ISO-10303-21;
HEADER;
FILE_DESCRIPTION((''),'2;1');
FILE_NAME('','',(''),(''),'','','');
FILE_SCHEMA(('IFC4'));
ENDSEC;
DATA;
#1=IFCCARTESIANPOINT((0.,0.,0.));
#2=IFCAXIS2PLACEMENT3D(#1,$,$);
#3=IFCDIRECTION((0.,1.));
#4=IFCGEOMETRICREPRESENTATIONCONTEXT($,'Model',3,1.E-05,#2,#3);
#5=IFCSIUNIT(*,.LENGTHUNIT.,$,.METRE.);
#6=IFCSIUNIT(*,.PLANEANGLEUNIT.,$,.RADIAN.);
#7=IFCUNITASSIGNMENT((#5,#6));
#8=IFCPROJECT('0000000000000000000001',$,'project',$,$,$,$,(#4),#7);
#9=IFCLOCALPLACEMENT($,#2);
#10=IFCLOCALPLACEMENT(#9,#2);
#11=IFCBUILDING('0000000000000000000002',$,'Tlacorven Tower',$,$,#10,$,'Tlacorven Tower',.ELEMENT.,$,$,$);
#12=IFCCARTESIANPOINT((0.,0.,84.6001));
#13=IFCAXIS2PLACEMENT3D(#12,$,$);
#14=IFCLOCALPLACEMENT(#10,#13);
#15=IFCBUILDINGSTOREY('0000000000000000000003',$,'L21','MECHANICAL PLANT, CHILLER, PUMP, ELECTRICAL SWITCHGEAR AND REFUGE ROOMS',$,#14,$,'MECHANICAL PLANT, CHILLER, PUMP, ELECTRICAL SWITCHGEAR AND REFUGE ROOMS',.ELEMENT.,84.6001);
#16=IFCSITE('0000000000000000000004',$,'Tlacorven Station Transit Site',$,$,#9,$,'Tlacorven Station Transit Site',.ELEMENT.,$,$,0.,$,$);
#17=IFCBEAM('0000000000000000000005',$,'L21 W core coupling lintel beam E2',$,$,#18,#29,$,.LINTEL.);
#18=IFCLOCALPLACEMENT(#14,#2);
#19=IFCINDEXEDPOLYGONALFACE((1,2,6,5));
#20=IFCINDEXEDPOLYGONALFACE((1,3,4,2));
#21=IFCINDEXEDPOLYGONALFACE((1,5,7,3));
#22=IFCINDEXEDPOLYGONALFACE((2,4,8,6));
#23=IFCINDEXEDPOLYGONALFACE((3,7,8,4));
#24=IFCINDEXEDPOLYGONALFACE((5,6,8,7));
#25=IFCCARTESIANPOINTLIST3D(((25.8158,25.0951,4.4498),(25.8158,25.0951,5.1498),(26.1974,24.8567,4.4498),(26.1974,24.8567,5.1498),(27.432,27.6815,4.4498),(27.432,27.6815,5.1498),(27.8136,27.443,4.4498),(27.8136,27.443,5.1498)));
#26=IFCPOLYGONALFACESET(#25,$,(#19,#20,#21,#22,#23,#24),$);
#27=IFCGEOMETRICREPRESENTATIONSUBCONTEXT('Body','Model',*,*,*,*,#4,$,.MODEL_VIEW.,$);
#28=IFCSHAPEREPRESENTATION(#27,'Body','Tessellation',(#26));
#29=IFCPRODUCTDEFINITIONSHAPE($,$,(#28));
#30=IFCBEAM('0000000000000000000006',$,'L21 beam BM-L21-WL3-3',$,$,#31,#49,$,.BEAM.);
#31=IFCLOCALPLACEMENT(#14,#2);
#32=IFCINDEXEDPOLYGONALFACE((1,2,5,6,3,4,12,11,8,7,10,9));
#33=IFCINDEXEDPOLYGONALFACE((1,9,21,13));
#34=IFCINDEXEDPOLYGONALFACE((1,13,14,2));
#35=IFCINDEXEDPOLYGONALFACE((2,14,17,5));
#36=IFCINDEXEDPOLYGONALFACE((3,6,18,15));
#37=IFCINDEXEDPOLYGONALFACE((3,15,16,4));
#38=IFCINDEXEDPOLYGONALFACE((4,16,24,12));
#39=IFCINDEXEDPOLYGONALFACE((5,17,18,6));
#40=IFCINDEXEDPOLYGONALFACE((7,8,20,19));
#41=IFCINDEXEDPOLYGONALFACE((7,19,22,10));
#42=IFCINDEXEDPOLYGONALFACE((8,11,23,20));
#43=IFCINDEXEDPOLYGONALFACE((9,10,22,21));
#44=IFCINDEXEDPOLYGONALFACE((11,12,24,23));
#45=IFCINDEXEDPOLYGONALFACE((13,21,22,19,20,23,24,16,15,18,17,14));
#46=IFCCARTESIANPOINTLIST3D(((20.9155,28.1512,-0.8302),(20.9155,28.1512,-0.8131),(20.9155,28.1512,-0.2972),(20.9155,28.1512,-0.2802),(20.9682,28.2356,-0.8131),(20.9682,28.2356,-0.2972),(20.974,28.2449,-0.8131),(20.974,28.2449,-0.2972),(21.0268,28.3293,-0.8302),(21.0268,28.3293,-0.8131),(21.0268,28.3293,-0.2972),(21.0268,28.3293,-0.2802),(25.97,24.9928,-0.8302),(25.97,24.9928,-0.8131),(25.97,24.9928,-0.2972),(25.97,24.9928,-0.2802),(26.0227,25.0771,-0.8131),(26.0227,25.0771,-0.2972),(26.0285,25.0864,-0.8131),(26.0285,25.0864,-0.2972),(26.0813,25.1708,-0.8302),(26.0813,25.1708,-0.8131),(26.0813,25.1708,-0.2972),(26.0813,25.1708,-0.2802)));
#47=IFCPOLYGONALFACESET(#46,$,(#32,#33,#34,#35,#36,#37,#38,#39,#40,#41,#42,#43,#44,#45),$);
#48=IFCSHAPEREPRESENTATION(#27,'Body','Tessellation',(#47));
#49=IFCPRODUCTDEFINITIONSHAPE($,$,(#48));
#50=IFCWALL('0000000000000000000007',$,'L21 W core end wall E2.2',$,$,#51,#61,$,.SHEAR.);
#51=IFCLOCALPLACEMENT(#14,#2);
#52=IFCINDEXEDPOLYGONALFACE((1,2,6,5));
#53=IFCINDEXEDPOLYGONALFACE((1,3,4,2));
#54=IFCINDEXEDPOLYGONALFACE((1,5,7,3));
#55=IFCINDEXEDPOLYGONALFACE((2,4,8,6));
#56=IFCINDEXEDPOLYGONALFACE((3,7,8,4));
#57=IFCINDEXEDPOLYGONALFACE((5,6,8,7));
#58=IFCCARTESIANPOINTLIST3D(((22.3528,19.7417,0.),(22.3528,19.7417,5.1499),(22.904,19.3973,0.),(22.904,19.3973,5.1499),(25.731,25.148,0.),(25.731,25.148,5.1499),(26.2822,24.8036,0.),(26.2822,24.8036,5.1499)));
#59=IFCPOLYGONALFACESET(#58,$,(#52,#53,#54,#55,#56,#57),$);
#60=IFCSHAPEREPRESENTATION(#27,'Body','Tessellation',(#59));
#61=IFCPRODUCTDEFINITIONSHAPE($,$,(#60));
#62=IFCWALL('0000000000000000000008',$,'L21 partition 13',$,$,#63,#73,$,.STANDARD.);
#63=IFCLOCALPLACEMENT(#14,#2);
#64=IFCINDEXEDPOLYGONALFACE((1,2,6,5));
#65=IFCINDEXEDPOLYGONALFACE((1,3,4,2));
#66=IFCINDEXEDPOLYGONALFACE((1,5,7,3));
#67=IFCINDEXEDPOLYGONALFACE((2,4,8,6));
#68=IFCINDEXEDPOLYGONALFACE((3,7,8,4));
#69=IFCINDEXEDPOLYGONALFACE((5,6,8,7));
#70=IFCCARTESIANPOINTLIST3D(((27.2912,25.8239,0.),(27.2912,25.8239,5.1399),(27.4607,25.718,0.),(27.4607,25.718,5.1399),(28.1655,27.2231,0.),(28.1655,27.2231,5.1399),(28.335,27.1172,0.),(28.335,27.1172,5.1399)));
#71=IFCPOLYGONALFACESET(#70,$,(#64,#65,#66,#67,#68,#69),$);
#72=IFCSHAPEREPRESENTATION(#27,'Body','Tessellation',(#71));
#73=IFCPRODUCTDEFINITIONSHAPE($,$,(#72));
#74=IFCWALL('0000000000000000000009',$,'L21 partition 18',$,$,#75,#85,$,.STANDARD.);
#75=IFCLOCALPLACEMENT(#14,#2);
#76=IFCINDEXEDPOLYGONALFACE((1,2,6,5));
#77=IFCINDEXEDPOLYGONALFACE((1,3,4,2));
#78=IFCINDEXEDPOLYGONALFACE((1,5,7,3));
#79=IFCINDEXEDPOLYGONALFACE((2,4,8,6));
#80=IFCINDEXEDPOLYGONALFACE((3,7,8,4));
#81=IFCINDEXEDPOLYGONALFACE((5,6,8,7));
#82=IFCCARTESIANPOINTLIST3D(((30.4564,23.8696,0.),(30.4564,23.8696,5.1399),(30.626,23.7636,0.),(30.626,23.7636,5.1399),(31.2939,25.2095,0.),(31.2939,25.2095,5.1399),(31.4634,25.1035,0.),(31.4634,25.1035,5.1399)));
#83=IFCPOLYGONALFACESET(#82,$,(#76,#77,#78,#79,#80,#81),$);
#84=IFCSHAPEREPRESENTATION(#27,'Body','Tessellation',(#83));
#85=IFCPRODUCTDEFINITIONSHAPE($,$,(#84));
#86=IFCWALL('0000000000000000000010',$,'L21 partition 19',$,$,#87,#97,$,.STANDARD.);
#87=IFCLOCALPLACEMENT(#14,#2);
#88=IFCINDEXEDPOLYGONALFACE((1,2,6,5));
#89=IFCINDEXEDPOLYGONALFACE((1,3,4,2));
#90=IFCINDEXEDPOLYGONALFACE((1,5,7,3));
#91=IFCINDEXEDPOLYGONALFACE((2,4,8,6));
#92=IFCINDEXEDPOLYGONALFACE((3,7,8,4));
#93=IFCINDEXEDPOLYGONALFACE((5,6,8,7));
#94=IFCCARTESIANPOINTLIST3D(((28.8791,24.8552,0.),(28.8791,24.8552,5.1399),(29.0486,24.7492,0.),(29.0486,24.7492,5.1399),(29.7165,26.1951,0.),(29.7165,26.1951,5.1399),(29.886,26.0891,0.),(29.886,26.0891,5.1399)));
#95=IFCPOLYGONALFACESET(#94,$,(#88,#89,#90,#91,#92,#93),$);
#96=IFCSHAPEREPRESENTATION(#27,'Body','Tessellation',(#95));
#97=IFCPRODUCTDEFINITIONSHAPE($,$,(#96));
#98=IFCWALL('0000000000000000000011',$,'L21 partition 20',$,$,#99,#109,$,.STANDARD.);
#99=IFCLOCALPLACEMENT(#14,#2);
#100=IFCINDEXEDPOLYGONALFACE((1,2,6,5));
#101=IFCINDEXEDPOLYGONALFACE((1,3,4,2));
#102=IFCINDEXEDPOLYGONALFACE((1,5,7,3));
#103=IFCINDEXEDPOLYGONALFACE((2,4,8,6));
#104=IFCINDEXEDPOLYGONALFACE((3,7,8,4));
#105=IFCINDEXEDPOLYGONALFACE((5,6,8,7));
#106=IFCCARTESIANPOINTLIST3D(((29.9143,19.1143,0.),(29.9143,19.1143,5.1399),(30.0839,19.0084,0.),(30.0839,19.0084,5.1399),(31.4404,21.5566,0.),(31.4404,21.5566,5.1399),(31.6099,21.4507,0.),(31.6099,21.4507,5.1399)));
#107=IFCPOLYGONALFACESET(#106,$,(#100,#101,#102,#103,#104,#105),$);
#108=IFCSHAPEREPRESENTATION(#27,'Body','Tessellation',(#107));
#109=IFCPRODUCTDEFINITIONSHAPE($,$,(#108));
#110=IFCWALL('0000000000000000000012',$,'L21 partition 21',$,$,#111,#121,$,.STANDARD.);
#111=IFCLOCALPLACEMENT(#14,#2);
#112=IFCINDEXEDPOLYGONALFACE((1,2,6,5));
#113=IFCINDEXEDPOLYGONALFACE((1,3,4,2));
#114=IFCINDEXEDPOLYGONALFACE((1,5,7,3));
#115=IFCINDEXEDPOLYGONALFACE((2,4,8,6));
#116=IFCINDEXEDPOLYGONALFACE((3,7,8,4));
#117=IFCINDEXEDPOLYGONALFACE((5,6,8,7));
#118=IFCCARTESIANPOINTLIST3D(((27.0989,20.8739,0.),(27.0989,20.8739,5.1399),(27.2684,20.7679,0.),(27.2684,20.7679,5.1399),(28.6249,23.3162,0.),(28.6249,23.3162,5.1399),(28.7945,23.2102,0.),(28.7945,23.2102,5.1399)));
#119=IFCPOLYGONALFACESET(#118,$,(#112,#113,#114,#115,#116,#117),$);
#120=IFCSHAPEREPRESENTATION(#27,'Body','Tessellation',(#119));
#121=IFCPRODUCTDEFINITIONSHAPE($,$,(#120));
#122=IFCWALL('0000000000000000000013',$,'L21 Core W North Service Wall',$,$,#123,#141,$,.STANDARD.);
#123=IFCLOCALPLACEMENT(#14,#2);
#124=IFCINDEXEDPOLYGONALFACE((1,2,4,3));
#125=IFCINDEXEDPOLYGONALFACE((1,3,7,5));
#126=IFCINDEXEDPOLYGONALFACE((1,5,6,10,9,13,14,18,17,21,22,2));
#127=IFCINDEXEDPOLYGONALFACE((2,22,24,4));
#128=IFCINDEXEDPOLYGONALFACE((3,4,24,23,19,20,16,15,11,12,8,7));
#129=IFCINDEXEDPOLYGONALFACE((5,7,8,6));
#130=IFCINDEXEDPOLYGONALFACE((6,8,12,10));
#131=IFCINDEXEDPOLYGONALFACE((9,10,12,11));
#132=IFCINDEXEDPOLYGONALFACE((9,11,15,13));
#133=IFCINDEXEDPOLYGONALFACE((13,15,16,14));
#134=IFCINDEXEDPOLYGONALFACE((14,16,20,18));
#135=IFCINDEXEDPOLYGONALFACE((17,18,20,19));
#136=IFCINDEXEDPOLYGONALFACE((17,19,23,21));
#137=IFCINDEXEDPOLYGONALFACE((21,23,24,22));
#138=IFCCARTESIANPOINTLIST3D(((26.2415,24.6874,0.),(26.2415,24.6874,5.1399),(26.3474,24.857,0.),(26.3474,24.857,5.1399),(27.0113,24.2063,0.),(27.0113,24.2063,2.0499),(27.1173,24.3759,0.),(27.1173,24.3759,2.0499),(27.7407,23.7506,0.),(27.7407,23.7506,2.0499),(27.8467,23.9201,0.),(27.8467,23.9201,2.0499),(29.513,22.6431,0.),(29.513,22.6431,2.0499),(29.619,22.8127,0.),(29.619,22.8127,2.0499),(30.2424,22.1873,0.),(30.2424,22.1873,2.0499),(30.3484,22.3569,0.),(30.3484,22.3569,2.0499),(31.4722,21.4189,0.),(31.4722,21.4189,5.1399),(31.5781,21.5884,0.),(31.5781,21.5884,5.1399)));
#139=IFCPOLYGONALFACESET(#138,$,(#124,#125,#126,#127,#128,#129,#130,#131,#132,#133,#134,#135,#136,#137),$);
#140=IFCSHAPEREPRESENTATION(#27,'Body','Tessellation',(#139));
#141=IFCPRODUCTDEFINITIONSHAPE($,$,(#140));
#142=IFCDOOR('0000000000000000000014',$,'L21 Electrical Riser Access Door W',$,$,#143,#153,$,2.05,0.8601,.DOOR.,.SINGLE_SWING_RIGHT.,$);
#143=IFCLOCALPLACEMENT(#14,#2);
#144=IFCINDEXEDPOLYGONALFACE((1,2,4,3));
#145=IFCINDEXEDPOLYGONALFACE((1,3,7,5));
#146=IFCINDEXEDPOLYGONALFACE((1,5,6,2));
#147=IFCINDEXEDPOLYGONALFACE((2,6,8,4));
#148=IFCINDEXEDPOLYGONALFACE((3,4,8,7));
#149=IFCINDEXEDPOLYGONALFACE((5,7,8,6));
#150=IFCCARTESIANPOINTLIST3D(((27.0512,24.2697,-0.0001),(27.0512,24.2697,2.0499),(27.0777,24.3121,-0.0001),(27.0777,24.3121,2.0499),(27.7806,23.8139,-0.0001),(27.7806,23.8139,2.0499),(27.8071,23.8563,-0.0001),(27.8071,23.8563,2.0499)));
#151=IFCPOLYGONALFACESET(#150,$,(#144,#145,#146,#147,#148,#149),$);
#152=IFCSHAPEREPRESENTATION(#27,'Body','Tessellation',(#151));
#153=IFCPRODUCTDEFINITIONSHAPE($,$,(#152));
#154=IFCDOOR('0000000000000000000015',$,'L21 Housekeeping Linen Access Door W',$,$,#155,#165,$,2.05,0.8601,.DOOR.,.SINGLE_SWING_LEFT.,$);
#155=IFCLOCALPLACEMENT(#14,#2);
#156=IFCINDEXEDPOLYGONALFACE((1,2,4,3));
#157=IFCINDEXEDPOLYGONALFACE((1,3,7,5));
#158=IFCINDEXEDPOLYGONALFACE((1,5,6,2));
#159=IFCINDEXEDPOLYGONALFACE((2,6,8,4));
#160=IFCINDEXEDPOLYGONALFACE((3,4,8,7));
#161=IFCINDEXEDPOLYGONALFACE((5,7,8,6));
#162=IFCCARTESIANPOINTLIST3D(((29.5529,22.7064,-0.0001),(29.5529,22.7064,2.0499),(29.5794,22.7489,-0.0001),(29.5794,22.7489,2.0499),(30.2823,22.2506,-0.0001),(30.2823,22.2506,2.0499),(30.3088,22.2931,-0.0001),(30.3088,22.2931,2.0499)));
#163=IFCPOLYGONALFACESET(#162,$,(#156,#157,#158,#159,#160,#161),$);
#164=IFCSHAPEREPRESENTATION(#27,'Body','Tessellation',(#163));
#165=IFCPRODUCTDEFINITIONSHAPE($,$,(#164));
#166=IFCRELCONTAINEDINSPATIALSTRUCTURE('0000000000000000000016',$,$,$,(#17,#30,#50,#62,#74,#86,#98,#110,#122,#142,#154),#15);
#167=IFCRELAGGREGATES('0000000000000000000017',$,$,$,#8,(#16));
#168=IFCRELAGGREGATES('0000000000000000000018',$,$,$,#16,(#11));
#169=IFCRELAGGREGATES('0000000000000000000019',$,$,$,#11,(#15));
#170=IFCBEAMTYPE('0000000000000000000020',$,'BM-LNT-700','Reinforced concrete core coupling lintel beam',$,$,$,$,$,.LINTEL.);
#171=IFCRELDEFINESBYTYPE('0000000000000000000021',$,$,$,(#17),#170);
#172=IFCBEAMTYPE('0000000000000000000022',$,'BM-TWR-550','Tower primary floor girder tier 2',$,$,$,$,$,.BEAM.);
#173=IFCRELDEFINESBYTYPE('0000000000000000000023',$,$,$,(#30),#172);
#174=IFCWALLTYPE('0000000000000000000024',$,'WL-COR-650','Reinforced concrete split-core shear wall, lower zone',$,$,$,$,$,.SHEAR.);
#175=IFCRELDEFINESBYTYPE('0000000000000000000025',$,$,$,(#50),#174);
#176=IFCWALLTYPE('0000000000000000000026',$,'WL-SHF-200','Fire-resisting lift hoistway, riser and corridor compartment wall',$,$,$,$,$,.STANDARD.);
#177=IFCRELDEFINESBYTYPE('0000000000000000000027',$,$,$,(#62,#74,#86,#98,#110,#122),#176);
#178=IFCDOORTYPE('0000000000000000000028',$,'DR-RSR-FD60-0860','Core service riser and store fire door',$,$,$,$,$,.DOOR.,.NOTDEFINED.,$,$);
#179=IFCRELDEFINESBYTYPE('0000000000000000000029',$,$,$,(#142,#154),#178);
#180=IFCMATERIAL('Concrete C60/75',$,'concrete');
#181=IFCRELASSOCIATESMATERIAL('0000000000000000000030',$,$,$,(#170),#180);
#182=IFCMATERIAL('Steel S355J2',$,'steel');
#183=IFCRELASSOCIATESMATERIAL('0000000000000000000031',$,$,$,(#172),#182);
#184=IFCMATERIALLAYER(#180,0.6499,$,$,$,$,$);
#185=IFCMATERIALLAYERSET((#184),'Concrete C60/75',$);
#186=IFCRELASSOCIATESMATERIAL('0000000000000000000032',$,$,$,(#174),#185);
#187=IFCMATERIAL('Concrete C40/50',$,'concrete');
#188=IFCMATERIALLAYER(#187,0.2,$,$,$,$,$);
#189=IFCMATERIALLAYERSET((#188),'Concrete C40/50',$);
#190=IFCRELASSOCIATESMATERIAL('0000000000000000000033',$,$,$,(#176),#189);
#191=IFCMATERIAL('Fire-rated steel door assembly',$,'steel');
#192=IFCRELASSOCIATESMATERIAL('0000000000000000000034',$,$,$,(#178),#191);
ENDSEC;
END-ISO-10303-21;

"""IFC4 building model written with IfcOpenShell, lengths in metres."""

from ifc_helpers import new_model, si_unit, direction, frame, frame_2d, origin, origin_2d, place, context, subcontext, project, spatial, rectangle, i_section, extrude, source, transform, mapped, material, layer, layer_set, material_profile, profile_set, type_object, element, fill, save


model = new_model("IFC4")

# Units and contexts
model_context = context("Model", 3, precision=1e-05, world=origin(), true_north=direction((0.0, 1.0)))
body_context = subcontext(model_context, "Body", "Model", "MODEL_VIEW")
ifc_project = project(units=[si_unit("LENGTHUNIT", "METRE"), si_unit("PLANEANGLEUNIT", "RADIAN")], contexts=[model_context])

# Site, building, storey
site_placement = place(None, origin())
site = spatial("IfcSite", under=ifc_project, at=site_placement, Name="Tlacorven Station Transit Site", LongName="Tlacorven Station Transit Site", CompositionType="ELEMENT", RefElevation=0.0)
building_placement = place(site_placement, origin())
building = spatial("IfcBuilding", under=site, at=building_placement, Name="Tlacorven Tower", LongName="Tlacorven Tower", CompositionType="ELEMENT")
storey_placement = place(building_placement, frame((0.0, 0.0, 84.6001)))
storey = spatial("IfcBuildingStorey", under=building, at=storey_placement, Name="L21", Description="MECHANICAL PLANT, CHILLER, PUMP, ELECTRICAL SWITCHGEAR AND REFUGE ROOMS", LongName="MECHANICAL PLANT, CHILLER, PUMP, ELECTRICAL SWITCHGEAR AND REFUGE ROOMS", CompositionType="ELEMENT", Elevation=84.6001)

# Beams
ifc_material_1 = material(Name="Concrete C60/75", Category="concrete")
ifc_material_profile_1 = material_profile(ifc_material_1, rectangle(XDim=0.45, YDim=0.7, at=origin_2d()), Name="RC 450X700")
ifc_profile_set_1 = profile_set([ifc_material_profile_1], Name="Concrete C60/75")
beam_type_1 = type_object("IfcBeamType", Name="BM-LNT-700", Description="Reinforced concrete core coupling lintel beam", PredefinedType="LINTEL", material=ifc_profile_set_1)
shared_shape_1 = source(origin(), body_context, "Body", "SweptSolid", [
    extrude(rectangle(XDim=0.45, YDim=0.7, at=origin_2d()), origin(), (0.0, 0.0, 1.0), 3.0498),
])
beam_1_placement = place(storey_placement, frame((27.6228, 27.5623, 4.7998), z_axis=(-0.529927, -0.848043, 0.0), x_axis=(0.848043, -0.529927, 0.0)))
element("IfcBeam", 1, at=beam_1_placement, inside=storey, type_object=beam_type_1, Name="L21 W core coupling lintel beam E2", PredefinedType="LINTEL", context=body_context, shape_type="MappedRepresentation", body=[
    mapped(shared_shape_1, transform((0.0, 0.0, 0.0), scale=1.0)),
])
ifc_material_2 = material(Name="Steel S355J2", Category="steel")
ifc_material_profile_2 = material_profile(ifc_material_2, i_section(OverallWidth=0.21, OverallDepth=0.55, WebThickness=0.011, FlangeThickness=0.0171, at=origin_2d()), Name="IPE 550")
ifc_profile_set_2 = profile_set([ifc_material_profile_2], Name="Steel S355J2")
beam_type_2 = type_object("IfcBeamType", Name="BM-TWR-550", Description="Tower primary floor girder tier 2", PredefinedType="BEAM", material=ifc_profile_set_2)
shared_shape_2 = source(origin(), body_context, "Body", "SweptSolid", [
    extrude(i_section(OverallWidth=0.21, OverallDepth=0.55, WebThickness=0.011, FlangeThickness=0.0171, at=origin_2d()), origin(), (0.0, 0.0, 1.0), 5.9602),
])
beam_2_placement = place(storey_placement, frame((26.0256, 25.0818, -0.5552), z_axis=(-0.848042, 0.529929, 0.0), x_axis=(-0.529929, -0.848042, 0.0)))
element("IfcBeam", 2, at=beam_2_placement, inside=storey, type_object=beam_type_2, Name="L21 beam BM-L21-WL3-3", PredefinedType="BEAM", context=body_context, shape_type="MappedRepresentation", body=[
    mapped(shared_shape_2, transform((0.0, 0.0, 0.0), scale=1.0)),
])

# Walls
ifc_layer_1 = layer(ifc_material_1, 0.6499)
ifc_layer_set_1 = layer_set([ifc_layer_1], Name="Concrete C60/75")
wall_type_1 = type_object("IfcWallType", Name="WL-COR-650", Description="Reinforced concrete split-core shear wall, lower zone", PredefinedType="SHEAR", material=ifc_layer_set_1)
wall_1_placement = place(storey_placement, frame((26.0066, 24.9758, 0.0), z_axis=(0.0, 0.0, 1.0), x_axis=(-0.529916, -0.84805, 0.0)))
element("IfcWall", 3, at=wall_1_placement, inside=storey, type_object=wall_type_1, Name="L21 W core end wall E2.2", PredefinedType="SHEAR", context=body_context, shape_type="SweptSolid", body=[
    extrude(rectangle(XDim=6.375, YDim=0.6499, at=frame_2d((3.1875, 0.0))), origin(), (0.0, 0.0, 1.0), 5.1499),
])
ifc_material_3 = material(Name="Concrete C40/50", Category="concrete")
ifc_layer_2 = layer(ifc_material_3, 0.2)
ifc_layer_set_2 = layer_set([ifc_layer_2], Name="Concrete C40/50")
wall_type_2 = type_object("IfcWallType", Name="WL-SHF-200", Description="Fire-resisting lift hoistway, riser and corridor compartment wall", PredefinedType="STANDARD", material=ifc_layer_set_2)
wall_2_placement = place(storey_placement, frame((28.2502, 27.1702, 0.0), z_axis=(0.0, 0.0, 1.0), x_axis=(-0.529906, -0.848056, 0.0)))
element("IfcWall", 4, at=wall_2_placement, inside=storey, type_object=wall_type_2, Name="L21 partition 13", PredefinedType="STANDARD", context=body_context, shape_type="SweptSolid", body=[
    extrude(rectangle(XDim=1.6499, YDim=0.2, at=frame_2d((0.825, 0.0))), origin(), (0.0, 0.0, 1.0), 5.1399),
])
for number, where, z_axis, x_axis, name in (
    (5, (31.3787, 25.1565, 0.0), (0.0, 0.0, 1.0), (-0.529999, -0.847998, 0.0), "L21 partition 18"),
    (6, (29.8013, 26.1421, 0.0), (0.0, 0.0, 1.0), (-0.529999, -0.847998, 0.0), "L21 partition 19"),
):
    element("IfcWall", number, at=place(storey_placement, frame(where, z_axis=z_axis, x_axis=x_axis)), inside=storey, type_object=wall_type_2, Name=name, PredefinedType="STANDARD", context=body_context, shape_type="SweptSolid", body=[
        extrude(rectangle(XDim=1.5801, YDim=0.2, at=frame_2d((0.79, 0.0))), origin(), (0.0, 0.0, 1.0), 5.1399),
    ])
for number, where, z_axis, x_axis, name in (
    (7, (31.5251, 21.5037, 0.0), (0.0, 0.0, 1.0), (-0.529907, -0.848055, 0.0), "L21 partition 20"),
    (8, (28.7097, 23.2632, 0.0), (0.0, 0.0, 1.0), (-0.529907, -0.848055, 0.0), "L21 partition 21"),
):
    element("IfcWall", number, at=place(storey_placement, frame(where, z_axis=z_axis, x_axis=x_axis)), inside=storey, type_object=wall_type_2, Name=name, PredefinedType="STANDARD", context=body_context, shape_type="SweptSolid", body=[
        extrude(rectangle(XDim=2.8799, YDim=0.2, at=frame_2d((1.4399, 0.0))), origin(), (0.0, 0.0, 1.0), 5.1399),
    ])

# Wall, openings, doors
wall_3_placement = place(storey_placement, frame((31.5251, 21.5037, 0.0), z_axis=(0.0, 0.0, 1.0), x_axis=(-0.848045, 0.529924, 0.0)))
wall_3 = element("IfcWall", 9, at=wall_3_placement, inside=storey, type_object=wall_type_2, Name="L21 Core W North Service Wall", PredefinedType="STANDARD", context=body_context, shape_type="SweptSolid", body=[
    extrude(rectangle(XDim=6.168, YDim=0.2, at=frame_2d((3.084, 0.0))), origin(), (0.0, 0.0, 1.0), 5.1399),
])
opening_1_placement = place(wall_3_placement, frame((4.3999, 0.0, 0.0)))
opening_1 = element("IfcOpeningElement", 10, at=opening_1_placement, cuts=wall_3, PredefinedType="OPENING", context=body_context, shape_type="SweptSolid", body=[
    extrude(rectangle(XDim=0.8601, YDim=2.05, at=frame_2d((0.4302, 1.0249))), frame((0.0, 0.1099, 0.0), z_axis=(0.0, -1.0, 0.0), x_axis=(1.0, 0.0, 0.0)), (0.0, 0.0, 1.0), 0.22),
])
opening_2_placement = place(wall_3_placement, frame((1.45, 0.0, 0.0)))
opening_2 = element("IfcOpeningElement", 11, at=opening_2_placement, cuts=wall_3, PredefinedType="OPENING", context=body_context, shape_type="SweptSolid", body=[
    extrude(rectangle(XDim=0.8601, YDim=2.05, at=frame_2d((0.4302, 1.0249))), frame((0.0, 0.1099, 0.0), z_axis=(0.0, -1.0, 0.0), x_axis=(1.0, 0.0, 0.0)), (0.0, 0.0, 1.0), 0.22),
])
ifc_material_4 = material(Name="Fire-rated steel door assembly", Category="steel")
door_type = type_object("IfcDoorType", Name="DR-RSR-FD60-0860", Description="Core service riser and store fire door", OperationType="NOTDEFINED", PredefinedType="DOOR", material=ifc_material_4)
shared_shape_3 = source(origin(), body_context, "Body", "SweptSolid", [
    extrude(rectangle(XDim=0.8601, YDim=2.05, at=frame_2d((0.4302, 1.0249))), frame((0.0, 0.0249, 0.0), z_axis=(0.0, -1.0, 0.0), x_axis=(1.0, 0.0, 0.0)), (0.0, 0.0, 1.0), 0.05),
])
door_1_placement = place(opening_1_placement, frame((0.8601, 0.0, 0.0), z_axis=(0.0, 0.0, 1.0), x_axis=(-1.0, 0.0, 0.0)))
door_1 = element("IfcDoor", 12, at=door_1_placement, inside=storey, type_object=door_type, Name="L21 Electrical Riser Access Door W", OperationType="SINGLE_SWING_RIGHT", OverallHeight=2.05, OverallWidth=0.8601, PredefinedType="DOOR", context=body_context, shape_type="MappedRepresentation", body=[
    mapped(shared_shape_3, transform((0.0, 0.0, 0.0), scale=1.0)),
])
fill(opening_1, door_1)
door_2_placement = place(opening_2_placement, frame((0.8601, 0.0, 0.0), z_axis=(0.0, 0.0, 1.0), x_axis=(-1.0, 0.0, 0.0)))
door_2 = element("IfcDoor", 13, at=door_2_placement, inside=storey, type_object=door_type, Name="L21 Housekeeping Linen Access Door W", OperationType="SINGLE_SWING_LEFT", OverallHeight=2.05, OverallWidth=0.8601, PredefinedType="DOOR", context=body_context, shape_type="MappedRepresentation", body=[
    mapped(shared_shape_3, transform((0.0, 0.0, 0.0), scale=1.0)),
])
fill(opening_2, door_2)

save(model, "model.ifc")
